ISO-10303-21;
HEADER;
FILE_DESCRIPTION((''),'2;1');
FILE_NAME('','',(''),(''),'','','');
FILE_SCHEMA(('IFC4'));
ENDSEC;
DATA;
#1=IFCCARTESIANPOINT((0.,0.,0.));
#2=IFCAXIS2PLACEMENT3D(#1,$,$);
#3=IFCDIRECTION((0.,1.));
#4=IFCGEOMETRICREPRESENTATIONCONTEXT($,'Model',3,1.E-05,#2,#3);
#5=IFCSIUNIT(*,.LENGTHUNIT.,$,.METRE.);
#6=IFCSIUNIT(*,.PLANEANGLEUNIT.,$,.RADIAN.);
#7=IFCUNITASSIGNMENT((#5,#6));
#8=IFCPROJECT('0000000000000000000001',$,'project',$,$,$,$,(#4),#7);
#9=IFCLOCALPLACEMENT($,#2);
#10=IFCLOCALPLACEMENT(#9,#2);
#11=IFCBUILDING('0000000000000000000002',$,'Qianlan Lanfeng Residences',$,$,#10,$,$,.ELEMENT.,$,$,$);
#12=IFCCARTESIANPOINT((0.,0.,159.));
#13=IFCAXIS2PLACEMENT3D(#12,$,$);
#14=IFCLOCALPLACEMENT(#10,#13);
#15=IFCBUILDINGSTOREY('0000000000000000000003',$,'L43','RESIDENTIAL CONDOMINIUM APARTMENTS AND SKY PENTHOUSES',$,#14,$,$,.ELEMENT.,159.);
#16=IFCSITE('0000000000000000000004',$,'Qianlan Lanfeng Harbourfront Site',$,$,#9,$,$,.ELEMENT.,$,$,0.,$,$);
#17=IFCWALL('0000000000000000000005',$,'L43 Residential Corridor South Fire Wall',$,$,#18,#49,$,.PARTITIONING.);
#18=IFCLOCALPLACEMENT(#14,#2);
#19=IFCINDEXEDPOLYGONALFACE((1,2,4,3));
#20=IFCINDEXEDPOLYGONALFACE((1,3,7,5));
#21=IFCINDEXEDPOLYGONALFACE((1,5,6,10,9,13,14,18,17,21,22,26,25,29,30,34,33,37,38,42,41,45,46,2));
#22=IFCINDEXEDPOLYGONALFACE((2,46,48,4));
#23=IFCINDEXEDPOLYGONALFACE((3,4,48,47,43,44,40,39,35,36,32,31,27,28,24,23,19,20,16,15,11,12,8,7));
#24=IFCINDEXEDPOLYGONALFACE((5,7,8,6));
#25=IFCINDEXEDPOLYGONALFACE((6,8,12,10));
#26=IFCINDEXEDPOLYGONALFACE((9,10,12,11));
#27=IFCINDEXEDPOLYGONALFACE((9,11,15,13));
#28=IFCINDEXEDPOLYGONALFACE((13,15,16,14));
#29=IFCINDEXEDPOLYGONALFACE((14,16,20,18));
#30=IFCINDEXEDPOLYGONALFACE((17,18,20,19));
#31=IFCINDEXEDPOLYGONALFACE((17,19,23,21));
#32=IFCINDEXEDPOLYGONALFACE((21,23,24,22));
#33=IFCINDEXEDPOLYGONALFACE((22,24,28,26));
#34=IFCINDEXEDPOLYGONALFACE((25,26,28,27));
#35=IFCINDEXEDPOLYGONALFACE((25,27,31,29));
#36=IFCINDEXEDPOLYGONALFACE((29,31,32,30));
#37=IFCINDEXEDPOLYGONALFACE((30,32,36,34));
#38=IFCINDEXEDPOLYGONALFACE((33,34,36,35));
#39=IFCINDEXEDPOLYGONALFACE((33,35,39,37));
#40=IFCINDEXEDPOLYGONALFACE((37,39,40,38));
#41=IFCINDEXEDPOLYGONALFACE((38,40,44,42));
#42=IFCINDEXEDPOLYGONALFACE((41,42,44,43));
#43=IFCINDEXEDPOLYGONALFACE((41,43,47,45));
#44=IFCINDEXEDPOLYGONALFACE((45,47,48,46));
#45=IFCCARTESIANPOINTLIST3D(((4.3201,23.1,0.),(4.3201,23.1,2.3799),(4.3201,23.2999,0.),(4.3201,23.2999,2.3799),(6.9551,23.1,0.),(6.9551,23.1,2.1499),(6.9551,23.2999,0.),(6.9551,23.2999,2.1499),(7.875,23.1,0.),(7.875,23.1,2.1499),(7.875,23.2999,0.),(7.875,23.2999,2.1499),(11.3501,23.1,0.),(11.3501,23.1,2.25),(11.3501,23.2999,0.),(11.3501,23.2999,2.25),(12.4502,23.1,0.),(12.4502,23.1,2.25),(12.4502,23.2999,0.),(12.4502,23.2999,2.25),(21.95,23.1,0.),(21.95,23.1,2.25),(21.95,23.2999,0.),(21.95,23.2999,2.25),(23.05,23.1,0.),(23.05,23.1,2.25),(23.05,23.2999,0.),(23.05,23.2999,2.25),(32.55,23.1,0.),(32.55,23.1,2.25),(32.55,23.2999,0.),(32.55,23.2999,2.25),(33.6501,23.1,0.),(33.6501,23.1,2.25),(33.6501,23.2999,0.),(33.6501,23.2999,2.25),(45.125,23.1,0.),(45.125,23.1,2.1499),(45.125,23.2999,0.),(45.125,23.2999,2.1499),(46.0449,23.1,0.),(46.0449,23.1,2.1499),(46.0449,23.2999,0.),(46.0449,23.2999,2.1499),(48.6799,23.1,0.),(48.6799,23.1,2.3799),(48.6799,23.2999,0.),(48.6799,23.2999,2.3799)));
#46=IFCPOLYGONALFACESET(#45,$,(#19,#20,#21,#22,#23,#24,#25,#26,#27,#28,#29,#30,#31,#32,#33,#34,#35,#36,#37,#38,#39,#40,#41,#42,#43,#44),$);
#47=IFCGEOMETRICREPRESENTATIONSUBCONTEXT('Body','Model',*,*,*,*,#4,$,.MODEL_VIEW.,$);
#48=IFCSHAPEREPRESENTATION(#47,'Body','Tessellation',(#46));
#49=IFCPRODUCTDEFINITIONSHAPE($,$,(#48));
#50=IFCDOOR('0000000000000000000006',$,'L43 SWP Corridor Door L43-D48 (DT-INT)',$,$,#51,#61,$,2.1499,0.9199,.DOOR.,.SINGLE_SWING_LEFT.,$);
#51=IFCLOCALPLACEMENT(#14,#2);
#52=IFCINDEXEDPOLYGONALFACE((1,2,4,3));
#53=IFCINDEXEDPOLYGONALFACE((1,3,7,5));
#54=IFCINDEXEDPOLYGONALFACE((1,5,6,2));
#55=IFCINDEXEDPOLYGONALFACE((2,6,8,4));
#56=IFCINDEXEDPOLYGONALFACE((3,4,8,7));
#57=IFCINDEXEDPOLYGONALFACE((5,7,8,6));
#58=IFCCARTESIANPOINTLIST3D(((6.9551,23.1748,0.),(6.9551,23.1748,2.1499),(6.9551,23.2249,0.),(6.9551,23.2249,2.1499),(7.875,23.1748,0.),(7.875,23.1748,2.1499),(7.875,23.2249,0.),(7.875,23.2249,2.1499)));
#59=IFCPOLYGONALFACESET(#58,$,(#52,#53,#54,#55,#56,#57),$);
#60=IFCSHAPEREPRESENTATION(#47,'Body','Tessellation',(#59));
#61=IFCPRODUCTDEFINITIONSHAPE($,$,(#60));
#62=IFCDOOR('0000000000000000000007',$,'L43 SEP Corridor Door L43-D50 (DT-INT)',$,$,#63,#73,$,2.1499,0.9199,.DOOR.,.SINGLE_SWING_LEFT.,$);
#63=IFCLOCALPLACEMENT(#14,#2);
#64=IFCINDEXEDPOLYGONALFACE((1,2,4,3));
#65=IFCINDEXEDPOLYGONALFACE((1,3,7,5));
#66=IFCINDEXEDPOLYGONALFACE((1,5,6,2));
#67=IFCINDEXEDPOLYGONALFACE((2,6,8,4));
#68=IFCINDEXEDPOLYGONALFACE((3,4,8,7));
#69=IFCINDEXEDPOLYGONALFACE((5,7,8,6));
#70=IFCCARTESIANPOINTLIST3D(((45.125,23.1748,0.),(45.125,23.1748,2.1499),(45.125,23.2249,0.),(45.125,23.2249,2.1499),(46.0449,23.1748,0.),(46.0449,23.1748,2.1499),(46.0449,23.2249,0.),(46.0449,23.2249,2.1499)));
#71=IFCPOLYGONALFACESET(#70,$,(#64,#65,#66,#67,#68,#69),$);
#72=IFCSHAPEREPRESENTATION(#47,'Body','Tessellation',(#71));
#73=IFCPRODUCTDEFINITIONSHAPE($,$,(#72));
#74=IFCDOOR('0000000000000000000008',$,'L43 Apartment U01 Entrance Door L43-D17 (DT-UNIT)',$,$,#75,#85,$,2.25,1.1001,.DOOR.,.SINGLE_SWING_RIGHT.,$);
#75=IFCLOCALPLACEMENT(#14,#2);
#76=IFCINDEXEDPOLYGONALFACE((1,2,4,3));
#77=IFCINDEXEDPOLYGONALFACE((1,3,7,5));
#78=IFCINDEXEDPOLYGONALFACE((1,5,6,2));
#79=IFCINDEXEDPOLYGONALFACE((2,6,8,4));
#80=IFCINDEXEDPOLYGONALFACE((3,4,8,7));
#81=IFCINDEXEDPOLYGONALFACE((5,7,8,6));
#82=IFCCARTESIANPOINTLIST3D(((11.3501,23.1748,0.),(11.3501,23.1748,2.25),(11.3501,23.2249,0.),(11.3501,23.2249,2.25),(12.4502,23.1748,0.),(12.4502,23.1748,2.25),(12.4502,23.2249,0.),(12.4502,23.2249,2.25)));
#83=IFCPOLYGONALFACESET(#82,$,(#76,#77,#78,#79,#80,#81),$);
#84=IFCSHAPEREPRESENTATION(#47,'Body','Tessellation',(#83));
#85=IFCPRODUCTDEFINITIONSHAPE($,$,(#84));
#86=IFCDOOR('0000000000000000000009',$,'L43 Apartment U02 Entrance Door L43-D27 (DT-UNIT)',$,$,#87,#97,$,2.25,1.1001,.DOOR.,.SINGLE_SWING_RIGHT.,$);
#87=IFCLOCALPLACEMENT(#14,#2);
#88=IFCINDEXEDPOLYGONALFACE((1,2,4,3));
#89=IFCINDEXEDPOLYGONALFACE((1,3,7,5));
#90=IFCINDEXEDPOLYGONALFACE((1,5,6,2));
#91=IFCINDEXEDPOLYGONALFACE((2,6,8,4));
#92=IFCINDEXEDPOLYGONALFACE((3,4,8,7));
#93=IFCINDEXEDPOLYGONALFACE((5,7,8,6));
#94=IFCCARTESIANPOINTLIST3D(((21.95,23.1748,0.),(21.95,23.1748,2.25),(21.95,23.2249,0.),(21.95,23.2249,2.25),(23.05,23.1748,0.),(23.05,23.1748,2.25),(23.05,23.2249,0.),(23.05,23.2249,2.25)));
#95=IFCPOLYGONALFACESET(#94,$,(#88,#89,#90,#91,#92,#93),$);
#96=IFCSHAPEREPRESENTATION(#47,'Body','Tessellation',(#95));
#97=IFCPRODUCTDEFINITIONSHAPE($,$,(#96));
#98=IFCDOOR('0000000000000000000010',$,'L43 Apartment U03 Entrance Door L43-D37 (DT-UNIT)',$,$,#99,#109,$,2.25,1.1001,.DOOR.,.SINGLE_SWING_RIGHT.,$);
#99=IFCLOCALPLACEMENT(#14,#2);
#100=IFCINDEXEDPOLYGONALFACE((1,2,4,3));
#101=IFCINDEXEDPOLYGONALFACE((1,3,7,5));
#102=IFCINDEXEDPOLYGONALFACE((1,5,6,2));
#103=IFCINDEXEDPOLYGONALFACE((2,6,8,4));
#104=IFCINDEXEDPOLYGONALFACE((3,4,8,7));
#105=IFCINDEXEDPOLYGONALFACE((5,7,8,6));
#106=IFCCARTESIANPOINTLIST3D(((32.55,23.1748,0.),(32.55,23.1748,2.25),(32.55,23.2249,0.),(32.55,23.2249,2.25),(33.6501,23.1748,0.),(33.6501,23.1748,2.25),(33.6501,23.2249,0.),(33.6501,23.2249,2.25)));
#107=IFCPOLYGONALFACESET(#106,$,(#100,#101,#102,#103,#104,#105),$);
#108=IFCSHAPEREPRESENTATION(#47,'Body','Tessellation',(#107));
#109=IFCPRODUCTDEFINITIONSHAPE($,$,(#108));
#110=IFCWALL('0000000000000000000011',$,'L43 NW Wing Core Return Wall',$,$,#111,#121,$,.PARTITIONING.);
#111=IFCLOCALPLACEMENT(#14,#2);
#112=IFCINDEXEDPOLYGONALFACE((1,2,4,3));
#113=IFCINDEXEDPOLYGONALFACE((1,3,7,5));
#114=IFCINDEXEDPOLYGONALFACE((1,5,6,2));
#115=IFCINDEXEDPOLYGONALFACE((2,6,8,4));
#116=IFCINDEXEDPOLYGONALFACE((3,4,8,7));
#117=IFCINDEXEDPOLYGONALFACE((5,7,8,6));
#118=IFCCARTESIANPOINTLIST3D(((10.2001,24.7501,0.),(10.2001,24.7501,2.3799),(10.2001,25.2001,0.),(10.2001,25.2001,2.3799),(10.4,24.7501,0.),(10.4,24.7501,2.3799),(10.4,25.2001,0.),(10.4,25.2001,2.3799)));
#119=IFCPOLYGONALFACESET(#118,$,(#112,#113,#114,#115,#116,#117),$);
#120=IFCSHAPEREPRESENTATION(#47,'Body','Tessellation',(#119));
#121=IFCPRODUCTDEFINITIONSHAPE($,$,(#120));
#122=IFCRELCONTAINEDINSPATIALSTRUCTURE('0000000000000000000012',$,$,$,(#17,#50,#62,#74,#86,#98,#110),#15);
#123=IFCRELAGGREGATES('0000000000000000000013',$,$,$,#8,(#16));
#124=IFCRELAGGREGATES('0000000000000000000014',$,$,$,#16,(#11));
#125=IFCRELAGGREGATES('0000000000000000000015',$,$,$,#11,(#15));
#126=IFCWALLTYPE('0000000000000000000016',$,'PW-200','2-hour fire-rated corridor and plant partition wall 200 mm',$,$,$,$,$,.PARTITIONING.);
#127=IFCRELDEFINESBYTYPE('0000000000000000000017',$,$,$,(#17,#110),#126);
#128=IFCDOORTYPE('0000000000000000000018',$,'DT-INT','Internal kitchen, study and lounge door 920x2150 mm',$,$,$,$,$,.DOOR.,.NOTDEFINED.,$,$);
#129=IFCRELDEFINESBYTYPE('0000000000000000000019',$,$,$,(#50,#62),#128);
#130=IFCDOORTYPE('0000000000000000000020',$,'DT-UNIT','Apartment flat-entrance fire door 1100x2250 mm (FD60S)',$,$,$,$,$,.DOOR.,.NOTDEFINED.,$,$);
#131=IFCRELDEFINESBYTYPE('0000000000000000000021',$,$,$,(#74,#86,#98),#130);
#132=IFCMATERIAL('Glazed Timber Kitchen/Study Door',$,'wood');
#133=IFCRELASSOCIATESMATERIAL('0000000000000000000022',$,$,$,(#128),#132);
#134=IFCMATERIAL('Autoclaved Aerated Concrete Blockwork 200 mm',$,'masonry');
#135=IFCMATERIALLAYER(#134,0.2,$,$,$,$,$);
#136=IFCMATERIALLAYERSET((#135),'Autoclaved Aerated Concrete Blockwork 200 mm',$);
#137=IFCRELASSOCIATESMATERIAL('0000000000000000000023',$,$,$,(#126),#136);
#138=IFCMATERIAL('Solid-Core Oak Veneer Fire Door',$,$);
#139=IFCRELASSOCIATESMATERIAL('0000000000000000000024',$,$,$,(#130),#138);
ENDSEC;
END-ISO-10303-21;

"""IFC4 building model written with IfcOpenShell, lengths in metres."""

from ifc_helpers import new_model, si_unit, direction, frame, frame_2d, origin, place, context, subcontext, project, spatial, rectangle, extrude, material, layer, layer_set, type_object, element, fill, save


model = new_model("IFC4")

# Units and contexts
model_context = context("Model", 3, precision=1e-05, world=origin(), true_north=direction((0.0, 1.0)))
body_context = subcontext(model_context, "Body", "Model", "MODEL_VIEW")
ifc_project = project(units=[si_unit("LENGTHUNIT", "METRE"), si_unit("PLANEANGLEUNIT", "RADIAN")], contexts=[model_context])

# Site, building, storey
site_placement = place(None, origin())
site = spatial("IfcSite", under=ifc_project, at=site_placement, Name="Qianlan Lanfeng Harbourfront Site", CompositionType="ELEMENT", RefElevation=0.0)
building_placement = place(site_placement, origin())
building = spatial("IfcBuilding", under=site, at=building_placement, Name="Qianlan Lanfeng Residences", CompositionType="ELEMENT")
storey_placement = place(building_placement, frame((0.0, 0.0, 159.0)))
storey = spatial("IfcBuildingStorey", under=building, at=storey_placement, Name="L43", Description="RESIDENTIAL CONDOMINIUM APARTMENTS AND SKY PENTHOUSES", CompositionType="ELEMENT", Elevation=159.0)

# Shared definitions
ifc_material_1 = material(Name="Glazed Timber Kitchen/Study Door", Category="wood")
door_type_1 = type_object("IfcDoorType", Name="DT-INT", Description="Internal kitchen, study and lounge door 920x2150 mm", OperationType="NOTDEFINED", PredefinedType="DOOR", material=ifc_material_1)

# Wall, openings, doors
ifc_material_2 = material(Name="Autoclaved Aerated Concrete Blockwork 200 mm", Category="masonry")
ifc_layer_1 = layer(ifc_material_2, 0.2)
ifc_layer_set_1 = layer_set([ifc_layer_1], Name="Autoclaved Aerated Concrete Blockwork 200 mm")
wall_type_1 = type_object("IfcWallType", Name="PW-200", Description="2-hour fire-rated corridor and plant partition wall 200 mm", PredefinedType="PARTITIONING", material=ifc_layer_set_1)
wall_1_placement = place(storey_placement, frame((4.3201, 23.2, 0.0), z_axis=(0.0, 0.0, 1.0), x_axis=(1.0, 0.0, 0.0)))
wall_1 = element("IfcWall", 1, at=wall_1_placement, inside=storey, type_object=wall_type_1, Name="L43 Residential Corridor South Fire Wall", PredefinedType="PARTITIONING", context=body_context, shape_type="SweptSolid", body=[
    extrude(rectangle(XDim=44.3599, YDim=0.2, at=frame_2d((22.1799, 0.0))), origin(), (0.0, 0.0, 1.0), 2.3799),
])
opening_1_placement = place(wall_1_placement, frame((7.03, 0.0, 0.0)))
opening_1 = element("IfcOpeningElement", 2, at=opening_1_placement, cuts=wall_1, PredefinedType="OPENING", context=body_context, shape_type="SweptSolid", body=[
    extrude(rectangle(XDim=1.1001, YDim=2.25, at=frame_2d((0.55, 1.125))), frame((0.0, 0.1099, 0.0), z_axis=(0.0, -1.0, 0.0), x_axis=(1.0, 0.0, 0.0)), (0.0, 0.0, 1.0), 0.22),
])
opening_2_placement = place(wall_1_placement, frame((17.6299, 0.0, 0.0)))
opening_2 = element("IfcOpeningElement", 3, at=opening_2_placement, cuts=wall_1, PredefinedType="OPENING", context=body_context, shape_type="SweptSolid", body=[
    extrude(rectangle(XDim=1.1001, YDim=2.25, at=frame_2d((0.55, 1.125))), frame((0.0, 0.1099, 0.0), z_axis=(0.0, -1.0, 0.0), x_axis=(1.0, 0.0, 0.0)), (0.0, 0.0, 1.0), 0.22),
])
opening_3_placement = place(wall_1_placement, frame((28.23, 0.0, 0.0)))
opening_3 = element("IfcOpeningElement", 4, at=opening_3_placement, cuts=wall_1, PredefinedType="OPENING", context=body_context, shape_type="SweptSolid", body=[
    extrude(rectangle(XDim=1.1001, YDim=2.25, at=frame_2d((0.55, 1.125))), frame((0.0, 0.1099, 0.0), z_axis=(0.0, -1.0, 0.0), x_axis=(1.0, 0.0, 0.0)), (0.0, 0.0, 1.0), 0.22),
])
opening_4_placement = place(wall_1_placement, frame((2.635, 0.0, 0.0)))
opening_4 = element("IfcOpeningElement", 5, at=opening_4_placement, cuts=wall_1, PredefinedType="OPENING", context=body_context, shape_type="SweptSolid", body=[
    extrude(rectangle(XDim=0.9199, YDim=2.1499, at=frame_2d((0.46, 1.075))), frame((0.0, 0.1099, 0.0), z_axis=(0.0, -1.0, 0.0), x_axis=(1.0, 0.0, 0.0)), (0.0, 0.0, 1.0), 0.22),
])
opening_5_placement = place(wall_1_placement, frame((40.8049, 0.0, 0.0)))
opening_5 = element("IfcOpeningElement", 6, at=opening_5_placement, cuts=wall_1, PredefinedType="OPENING", context=body_context, shape_type="SweptSolid", body=[
    extrude(rectangle(XDim=0.9199, YDim=2.1499, at=frame_2d((0.46, 1.075))), frame((0.0, 0.1099, 0.0), z_axis=(0.0, -1.0, 0.0), x_axis=(1.0, 0.0, 0.0)), (0.0, 0.0, 1.0), 0.22),
])
door_1_placement = place(opening_4_placement, origin())
door_1 = element("IfcDoor", 7, at=door_1_placement, inside=storey, type_object=door_type_1, Name="L43 SWP Corridor Door L43-D48 (DT-INT)", OperationType="SINGLE_SWING_LEFT", OverallHeight=2.1499, OverallWidth=0.9199, PredefinedType="DOOR", context=body_context, shape_type="SweptSolid", body=[
    extrude(rectangle(XDim=0.9199, YDim=2.1499, at=frame_2d((0.46, 1.075))), frame((0.0, 0.0249, 0.0), z_axis=(0.0, -1.0, 0.0), x_axis=(1.0, 0.0, 0.0)), (0.0, 0.0, 1.0), 0.05),
])
fill(opening_4, door_1)
door_2_placement = place(opening_5_placement, origin())
door_2 = element("IfcDoor", 8, at=door_2_placement, inside=storey, type_object=door_type_1, Name="L43 SEP Corridor Door L43-D50 (DT-INT)", OperationType="SINGLE_SWING_LEFT", OverallHeight=2.1499, OverallWidth=0.9199, PredefinedType="DOOR", context=body_context, shape_type="SweptSolid", body=[
    extrude(rectangle(XDim=0.9199, YDim=2.1499, at=frame_2d((0.46, 1.075))), frame((0.0, 0.0249, 0.0), z_axis=(0.0, -1.0, 0.0), x_axis=(1.0, 0.0, 0.0)), (0.0, 0.0, 1.0), 0.05),
])
fill(opening_5, door_2)
ifc_material_3 = material(Name="Solid-Core Oak Veneer Fire Door")
door_type_2 = type_object("IfcDoorType", Name="DT-UNIT", Description="Apartment flat-entrance fire door 1100x2250 mm (FD60S)", OperationType="NOTDEFINED", PredefinedType="DOOR", material=ifc_material_3)
door_3_placement = place(opening_1_placement, origin())
door_3 = element("IfcDoor", 9, at=door_3_placement, inside=storey, type_object=door_type_2, Name="L43 Apartment U01 Entrance Door L43-D17 (DT-UNIT)", OperationType="SINGLE_SWING_RIGHT", OverallHeight=2.25, OverallWidth=1.1001, PredefinedType="DOOR", context=body_context, shape_type="SweptSolid", body=[
    extrude(rectangle(XDim=1.1001, YDim=2.25, at=frame_2d((0.55, 1.125))), frame((0.0, 0.0249, 0.0), z_axis=(0.0, -1.0, 0.0), x_axis=(1.0, 0.0, 0.0)), (0.0, 0.0, 1.0), 0.05),
])
fill(opening_1, door_3)
door_4_placement = place(opening_2_placement, origin())
door_4 = element("IfcDoor", 10, at=door_4_placement, inside=storey, type_object=door_type_2, Name="L43 Apartment U02 Entrance Door L43-D27 (DT-UNIT)", OperationType="SINGLE_SWING_RIGHT", OverallHeight=2.25, OverallWidth=1.1001, PredefinedType="DOOR", context=body_context, shape_type="SweptSolid", body=[
    extrude(rectangle(XDim=1.1001, YDim=2.25, at=frame_2d((0.55, 1.125))), frame((0.0, 0.0249, 0.0), z_axis=(0.0, -1.0, 0.0), x_axis=(1.0, 0.0, 0.0)), (0.0, 0.0, 1.0), 0.05),
])
fill(opening_2, door_4)
door_5_placement = place(opening_3_placement, origin())
door_5 = element("IfcDoor", 11, at=door_5_placement, inside=storey, type_object=door_type_2, Name="L43 Apartment U03 Entrance Door L43-D37 (DT-UNIT)", OperationType="SINGLE_SWING_RIGHT", OverallHeight=2.25, OverallWidth=1.1001, PredefinedType="DOOR", context=body_context, shape_type="SweptSolid", body=[
    extrude(rectangle(XDim=1.1001, YDim=2.25, at=frame_2d((0.55, 1.125))), frame((0.0, 0.0249, 0.0), z_axis=(0.0, -1.0, 0.0), x_axis=(1.0, 0.0, 0.0)), (0.0, 0.0, 1.0), 0.05),
])
fill(opening_3, door_5)

# Wall
wall_2_placement = place(storey_placement, frame((10.3, 24.75, 0.0), z_axis=(0.0, 0.0, 1.0), x_axis=(0.0, 1.0, 0.0)))
element("IfcWall", 12, at=wall_2_placement, inside=storey, type_object=wall_type_1, Name="L43 NW Wing Core Return Wall", PredefinedType="PARTITIONING", context=body_context, shape_type="SweptSolid", body=[
    extrude(rectangle(XDim=0.45, YDim=0.2, at=frame_2d((0.2251, 0.0))), origin(), (0.0, 0.0, 1.0), 2.3799),
])

save(model, "model.ifc")
